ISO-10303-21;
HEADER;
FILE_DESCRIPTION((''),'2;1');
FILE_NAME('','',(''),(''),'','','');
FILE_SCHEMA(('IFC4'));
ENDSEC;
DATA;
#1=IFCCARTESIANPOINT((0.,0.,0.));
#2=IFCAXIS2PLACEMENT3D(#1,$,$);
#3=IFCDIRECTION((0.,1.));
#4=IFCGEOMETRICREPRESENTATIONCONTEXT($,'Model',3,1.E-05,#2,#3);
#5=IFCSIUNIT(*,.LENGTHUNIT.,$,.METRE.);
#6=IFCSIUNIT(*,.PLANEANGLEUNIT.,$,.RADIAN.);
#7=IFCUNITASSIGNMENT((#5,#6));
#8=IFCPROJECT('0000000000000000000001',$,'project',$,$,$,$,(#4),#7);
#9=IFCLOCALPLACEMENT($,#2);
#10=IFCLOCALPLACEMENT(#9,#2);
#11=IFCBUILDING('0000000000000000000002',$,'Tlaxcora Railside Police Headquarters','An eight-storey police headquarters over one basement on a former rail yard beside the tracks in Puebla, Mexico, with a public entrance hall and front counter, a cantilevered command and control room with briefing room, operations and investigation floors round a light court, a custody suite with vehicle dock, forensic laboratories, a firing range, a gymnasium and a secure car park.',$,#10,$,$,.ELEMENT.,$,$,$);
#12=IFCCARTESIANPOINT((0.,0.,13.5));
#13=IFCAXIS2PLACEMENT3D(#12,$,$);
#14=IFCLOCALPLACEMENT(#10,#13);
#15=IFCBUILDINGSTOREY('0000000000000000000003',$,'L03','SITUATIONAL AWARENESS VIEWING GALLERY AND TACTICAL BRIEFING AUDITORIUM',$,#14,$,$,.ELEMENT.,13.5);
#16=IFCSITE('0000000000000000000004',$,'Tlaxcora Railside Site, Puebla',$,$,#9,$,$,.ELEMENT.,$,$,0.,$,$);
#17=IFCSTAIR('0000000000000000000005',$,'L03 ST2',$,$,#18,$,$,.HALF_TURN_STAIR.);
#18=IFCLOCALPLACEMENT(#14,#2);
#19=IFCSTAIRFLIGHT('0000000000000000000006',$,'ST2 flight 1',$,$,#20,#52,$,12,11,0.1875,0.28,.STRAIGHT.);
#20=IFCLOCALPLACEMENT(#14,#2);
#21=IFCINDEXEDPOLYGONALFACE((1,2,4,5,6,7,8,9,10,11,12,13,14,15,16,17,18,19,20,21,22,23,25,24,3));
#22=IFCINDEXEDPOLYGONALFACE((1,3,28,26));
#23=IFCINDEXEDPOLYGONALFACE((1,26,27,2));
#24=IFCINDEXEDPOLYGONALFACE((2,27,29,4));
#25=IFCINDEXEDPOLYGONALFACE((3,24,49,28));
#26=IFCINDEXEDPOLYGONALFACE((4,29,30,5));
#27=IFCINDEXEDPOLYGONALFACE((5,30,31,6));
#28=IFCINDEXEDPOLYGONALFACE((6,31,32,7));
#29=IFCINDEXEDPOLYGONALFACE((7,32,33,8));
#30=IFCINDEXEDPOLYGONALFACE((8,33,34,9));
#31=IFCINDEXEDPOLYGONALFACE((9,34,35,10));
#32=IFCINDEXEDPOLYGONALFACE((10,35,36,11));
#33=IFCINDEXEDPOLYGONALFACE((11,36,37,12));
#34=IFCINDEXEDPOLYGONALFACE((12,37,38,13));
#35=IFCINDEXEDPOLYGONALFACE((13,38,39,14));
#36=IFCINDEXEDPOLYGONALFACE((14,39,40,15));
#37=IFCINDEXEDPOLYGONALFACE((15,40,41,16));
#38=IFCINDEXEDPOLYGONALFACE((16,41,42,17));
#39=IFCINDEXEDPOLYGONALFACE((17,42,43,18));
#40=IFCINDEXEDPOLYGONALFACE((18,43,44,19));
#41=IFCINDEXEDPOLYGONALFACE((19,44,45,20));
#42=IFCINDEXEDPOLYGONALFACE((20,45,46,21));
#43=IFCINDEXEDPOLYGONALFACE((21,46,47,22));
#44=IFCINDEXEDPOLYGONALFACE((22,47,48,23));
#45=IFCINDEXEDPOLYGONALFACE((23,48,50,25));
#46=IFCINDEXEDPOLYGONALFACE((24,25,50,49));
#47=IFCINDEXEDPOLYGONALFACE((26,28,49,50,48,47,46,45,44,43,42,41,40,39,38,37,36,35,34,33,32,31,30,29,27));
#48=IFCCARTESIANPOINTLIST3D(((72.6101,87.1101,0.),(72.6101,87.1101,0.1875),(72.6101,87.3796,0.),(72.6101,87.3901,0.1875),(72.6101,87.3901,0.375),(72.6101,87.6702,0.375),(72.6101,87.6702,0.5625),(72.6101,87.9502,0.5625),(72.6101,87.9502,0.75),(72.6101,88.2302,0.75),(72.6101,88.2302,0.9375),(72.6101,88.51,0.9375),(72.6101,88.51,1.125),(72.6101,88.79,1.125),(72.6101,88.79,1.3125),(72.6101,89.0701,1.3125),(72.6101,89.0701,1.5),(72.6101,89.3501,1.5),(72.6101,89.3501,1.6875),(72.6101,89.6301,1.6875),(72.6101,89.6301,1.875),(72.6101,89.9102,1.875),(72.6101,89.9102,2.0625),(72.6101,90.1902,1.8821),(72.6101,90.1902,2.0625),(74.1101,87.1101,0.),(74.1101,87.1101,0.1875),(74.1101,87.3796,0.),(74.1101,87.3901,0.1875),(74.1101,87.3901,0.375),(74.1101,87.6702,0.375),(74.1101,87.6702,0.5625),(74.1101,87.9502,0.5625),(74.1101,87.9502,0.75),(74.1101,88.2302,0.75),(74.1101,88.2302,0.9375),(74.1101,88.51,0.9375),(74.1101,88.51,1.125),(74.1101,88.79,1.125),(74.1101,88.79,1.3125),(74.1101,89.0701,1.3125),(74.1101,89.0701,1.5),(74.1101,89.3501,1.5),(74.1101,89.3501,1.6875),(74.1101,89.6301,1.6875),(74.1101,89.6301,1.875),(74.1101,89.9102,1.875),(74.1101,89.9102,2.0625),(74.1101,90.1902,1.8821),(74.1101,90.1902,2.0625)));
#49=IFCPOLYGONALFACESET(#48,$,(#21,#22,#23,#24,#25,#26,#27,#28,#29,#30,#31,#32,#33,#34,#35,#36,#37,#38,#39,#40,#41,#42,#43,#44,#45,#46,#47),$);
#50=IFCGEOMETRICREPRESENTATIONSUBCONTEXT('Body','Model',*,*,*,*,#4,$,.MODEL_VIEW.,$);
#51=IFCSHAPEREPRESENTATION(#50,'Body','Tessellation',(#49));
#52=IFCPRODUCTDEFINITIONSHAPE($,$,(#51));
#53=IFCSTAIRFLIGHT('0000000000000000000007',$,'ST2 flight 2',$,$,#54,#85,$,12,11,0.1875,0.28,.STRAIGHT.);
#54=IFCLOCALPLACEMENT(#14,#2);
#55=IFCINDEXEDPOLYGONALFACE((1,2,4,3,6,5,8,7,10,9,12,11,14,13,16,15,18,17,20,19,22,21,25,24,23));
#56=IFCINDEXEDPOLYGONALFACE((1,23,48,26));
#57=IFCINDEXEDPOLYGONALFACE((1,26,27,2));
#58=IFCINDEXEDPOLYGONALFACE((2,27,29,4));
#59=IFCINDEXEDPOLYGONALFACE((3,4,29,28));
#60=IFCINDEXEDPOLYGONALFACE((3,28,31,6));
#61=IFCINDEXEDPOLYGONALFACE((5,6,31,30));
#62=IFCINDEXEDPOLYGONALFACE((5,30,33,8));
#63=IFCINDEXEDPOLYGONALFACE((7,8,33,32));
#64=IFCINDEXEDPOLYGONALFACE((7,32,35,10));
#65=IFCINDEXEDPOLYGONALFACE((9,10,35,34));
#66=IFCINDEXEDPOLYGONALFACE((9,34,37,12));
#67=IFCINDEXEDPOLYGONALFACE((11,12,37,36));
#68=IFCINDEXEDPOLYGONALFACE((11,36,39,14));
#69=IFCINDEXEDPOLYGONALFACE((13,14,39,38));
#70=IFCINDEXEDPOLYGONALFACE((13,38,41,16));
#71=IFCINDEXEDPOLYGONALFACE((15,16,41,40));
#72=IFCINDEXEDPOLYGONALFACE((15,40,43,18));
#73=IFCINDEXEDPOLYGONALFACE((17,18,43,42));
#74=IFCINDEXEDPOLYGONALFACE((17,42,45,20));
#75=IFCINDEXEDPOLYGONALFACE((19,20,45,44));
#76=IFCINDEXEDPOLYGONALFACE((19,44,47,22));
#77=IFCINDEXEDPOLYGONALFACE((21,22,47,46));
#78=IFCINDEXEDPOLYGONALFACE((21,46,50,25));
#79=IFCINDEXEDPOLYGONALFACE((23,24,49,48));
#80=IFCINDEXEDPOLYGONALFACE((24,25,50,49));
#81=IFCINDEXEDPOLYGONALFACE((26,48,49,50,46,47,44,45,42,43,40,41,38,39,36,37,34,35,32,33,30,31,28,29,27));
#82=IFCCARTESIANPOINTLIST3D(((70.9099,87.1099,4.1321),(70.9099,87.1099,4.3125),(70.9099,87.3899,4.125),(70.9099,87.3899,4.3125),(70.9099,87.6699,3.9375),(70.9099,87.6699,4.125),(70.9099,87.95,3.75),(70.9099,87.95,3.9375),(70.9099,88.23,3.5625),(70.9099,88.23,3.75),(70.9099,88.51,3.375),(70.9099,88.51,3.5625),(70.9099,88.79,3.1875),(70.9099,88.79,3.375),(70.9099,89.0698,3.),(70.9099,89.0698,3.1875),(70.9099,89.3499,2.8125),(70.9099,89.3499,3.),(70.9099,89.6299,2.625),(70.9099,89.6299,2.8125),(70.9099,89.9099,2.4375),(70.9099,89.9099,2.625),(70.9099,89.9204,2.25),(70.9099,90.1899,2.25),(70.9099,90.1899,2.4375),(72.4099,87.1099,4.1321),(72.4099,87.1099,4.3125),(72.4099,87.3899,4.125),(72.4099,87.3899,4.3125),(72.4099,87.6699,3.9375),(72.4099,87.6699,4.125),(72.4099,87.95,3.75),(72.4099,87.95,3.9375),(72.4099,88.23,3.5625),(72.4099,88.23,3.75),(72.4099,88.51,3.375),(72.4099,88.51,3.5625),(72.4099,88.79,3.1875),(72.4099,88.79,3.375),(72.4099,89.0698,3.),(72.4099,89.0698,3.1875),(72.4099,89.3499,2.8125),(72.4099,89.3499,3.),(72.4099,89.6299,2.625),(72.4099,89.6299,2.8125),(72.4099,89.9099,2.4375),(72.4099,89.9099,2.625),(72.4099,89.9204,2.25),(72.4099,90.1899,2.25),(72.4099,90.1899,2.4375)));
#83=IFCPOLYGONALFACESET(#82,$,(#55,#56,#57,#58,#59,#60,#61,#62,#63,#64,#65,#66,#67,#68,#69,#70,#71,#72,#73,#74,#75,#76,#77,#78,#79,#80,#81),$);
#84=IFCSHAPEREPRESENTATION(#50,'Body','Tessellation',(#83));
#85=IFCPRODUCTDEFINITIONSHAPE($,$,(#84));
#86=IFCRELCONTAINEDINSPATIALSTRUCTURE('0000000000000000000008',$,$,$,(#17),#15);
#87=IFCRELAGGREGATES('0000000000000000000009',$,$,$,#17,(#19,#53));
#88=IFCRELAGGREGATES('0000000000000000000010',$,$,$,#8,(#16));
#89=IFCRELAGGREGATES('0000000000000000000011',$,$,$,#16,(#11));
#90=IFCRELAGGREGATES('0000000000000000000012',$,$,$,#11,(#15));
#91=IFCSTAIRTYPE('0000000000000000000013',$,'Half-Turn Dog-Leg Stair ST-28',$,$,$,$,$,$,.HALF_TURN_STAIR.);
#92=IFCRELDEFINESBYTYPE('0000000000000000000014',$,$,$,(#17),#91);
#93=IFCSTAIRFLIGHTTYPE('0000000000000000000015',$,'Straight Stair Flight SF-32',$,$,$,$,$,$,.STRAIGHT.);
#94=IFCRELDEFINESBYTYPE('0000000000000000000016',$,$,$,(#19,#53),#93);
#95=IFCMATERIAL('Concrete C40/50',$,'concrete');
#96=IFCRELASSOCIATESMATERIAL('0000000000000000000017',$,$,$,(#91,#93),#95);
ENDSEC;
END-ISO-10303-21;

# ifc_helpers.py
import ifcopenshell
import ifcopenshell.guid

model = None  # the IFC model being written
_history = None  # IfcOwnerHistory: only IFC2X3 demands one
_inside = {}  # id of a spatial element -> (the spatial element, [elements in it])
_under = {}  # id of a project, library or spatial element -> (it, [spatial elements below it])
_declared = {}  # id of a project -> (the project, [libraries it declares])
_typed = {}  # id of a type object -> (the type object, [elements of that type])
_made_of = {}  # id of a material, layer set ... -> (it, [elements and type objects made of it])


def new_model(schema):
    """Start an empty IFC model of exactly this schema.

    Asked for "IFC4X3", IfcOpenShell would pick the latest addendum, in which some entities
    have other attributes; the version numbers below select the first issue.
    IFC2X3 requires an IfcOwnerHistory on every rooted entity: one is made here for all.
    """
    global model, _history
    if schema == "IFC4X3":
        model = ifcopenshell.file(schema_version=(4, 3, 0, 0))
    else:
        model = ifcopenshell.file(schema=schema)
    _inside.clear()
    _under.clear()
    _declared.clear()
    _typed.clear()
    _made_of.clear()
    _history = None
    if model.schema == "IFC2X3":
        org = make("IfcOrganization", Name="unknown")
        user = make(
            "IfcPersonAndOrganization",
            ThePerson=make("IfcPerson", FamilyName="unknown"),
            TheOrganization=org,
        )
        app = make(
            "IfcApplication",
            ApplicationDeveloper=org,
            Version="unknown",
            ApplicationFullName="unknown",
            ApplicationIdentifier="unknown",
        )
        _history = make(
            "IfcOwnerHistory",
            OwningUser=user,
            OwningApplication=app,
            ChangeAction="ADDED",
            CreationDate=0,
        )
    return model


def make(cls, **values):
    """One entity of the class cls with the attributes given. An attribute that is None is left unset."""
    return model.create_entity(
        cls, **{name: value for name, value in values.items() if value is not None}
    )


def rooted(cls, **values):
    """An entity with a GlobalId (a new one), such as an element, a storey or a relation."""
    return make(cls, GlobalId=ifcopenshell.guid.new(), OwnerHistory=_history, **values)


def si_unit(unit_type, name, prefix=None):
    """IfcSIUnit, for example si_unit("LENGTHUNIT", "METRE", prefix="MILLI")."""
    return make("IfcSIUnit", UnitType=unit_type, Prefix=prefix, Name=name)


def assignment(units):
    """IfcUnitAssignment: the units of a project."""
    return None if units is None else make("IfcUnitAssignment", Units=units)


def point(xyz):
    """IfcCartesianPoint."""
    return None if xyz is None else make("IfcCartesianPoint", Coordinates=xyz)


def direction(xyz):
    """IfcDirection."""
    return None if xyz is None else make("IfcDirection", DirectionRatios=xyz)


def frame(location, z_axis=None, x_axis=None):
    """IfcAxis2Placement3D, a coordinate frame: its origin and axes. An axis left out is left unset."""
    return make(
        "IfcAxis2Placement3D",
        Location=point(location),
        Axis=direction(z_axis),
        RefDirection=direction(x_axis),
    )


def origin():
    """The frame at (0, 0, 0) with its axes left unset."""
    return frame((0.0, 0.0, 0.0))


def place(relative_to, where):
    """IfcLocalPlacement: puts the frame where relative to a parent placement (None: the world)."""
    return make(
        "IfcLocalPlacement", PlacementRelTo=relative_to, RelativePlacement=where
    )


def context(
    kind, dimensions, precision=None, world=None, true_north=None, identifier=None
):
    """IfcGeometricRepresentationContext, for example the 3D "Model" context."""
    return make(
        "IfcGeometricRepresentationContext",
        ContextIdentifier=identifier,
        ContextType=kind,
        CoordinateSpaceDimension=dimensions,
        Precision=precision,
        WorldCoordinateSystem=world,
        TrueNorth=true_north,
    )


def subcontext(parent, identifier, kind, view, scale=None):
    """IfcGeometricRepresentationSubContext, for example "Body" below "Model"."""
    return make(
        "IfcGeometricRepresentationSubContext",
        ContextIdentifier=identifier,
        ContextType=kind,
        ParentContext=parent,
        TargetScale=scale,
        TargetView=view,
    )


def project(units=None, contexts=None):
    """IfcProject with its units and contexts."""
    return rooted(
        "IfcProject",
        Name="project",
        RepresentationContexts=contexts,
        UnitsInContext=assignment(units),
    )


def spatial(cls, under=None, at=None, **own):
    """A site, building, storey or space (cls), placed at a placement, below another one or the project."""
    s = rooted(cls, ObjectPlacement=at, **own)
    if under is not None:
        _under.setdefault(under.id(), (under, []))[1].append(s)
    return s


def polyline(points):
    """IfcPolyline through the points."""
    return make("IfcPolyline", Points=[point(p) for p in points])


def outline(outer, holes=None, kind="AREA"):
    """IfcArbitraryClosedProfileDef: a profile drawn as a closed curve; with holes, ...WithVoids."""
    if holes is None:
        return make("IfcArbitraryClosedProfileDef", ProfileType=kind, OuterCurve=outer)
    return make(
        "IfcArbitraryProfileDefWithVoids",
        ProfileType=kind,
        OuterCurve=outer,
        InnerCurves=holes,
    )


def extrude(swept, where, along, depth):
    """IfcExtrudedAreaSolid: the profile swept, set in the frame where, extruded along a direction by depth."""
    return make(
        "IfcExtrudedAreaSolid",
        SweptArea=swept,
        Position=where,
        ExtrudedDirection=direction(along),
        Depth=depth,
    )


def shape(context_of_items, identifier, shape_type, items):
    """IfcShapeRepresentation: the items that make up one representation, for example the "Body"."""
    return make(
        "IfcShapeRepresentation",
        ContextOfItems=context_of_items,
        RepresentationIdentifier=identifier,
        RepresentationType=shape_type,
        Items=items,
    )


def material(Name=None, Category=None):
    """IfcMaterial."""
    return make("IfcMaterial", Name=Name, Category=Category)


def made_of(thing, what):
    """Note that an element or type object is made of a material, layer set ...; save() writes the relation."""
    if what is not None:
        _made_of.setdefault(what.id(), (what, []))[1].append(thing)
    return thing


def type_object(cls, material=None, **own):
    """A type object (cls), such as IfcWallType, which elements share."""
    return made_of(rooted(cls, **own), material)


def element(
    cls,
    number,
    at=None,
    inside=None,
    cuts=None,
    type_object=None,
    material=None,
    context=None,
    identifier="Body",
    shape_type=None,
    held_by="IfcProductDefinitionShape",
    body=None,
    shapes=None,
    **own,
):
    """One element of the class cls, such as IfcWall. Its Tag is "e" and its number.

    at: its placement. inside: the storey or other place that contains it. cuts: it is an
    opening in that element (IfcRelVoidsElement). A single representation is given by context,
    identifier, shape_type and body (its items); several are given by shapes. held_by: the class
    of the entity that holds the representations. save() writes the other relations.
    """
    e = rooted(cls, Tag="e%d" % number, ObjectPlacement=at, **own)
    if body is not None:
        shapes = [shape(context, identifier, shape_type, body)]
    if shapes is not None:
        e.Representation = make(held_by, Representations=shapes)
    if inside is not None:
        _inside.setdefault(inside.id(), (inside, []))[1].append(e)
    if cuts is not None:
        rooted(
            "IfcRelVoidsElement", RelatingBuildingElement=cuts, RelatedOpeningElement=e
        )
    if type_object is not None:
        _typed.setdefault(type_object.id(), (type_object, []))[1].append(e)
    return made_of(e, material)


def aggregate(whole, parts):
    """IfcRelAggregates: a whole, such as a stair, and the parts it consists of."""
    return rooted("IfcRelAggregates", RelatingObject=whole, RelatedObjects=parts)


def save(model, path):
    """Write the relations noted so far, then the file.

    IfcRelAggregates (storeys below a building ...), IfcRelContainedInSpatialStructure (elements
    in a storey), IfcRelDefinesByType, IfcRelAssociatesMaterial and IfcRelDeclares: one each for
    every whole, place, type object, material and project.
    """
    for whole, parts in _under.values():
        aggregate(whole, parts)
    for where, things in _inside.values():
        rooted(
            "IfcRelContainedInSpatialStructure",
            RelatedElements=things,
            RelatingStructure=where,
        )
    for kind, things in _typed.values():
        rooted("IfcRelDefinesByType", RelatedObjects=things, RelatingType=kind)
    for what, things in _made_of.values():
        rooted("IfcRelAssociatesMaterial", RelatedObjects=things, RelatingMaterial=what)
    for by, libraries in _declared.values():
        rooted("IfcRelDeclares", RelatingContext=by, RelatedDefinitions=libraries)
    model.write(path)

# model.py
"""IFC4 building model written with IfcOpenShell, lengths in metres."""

from ifc_helpers import new_model, si_unit, direction, frame, origin, place, context, subcontext, project, spatial, polyline, outline, extrude, material, type_object, element, aggregate, save


model = new_model("IFC4")

# Units and contexts
model_context = context("Model", 3, precision=1e-05, world=origin(), true_north=direction((0.0, 1.0)))
body_context = subcontext(model_context, "Body", "Model", "MODEL_VIEW")
ifc_project = project(units=[si_unit("LENGTHUNIT", "METRE"), si_unit("PLANEANGLEUNIT", "RADIAN")], contexts=[model_context])

# Site, building, storey
site_placement = place(None, origin())
site = spatial("IfcSite", under=ifc_project, at=site_placement, Name="Tlaxcora Railside Site, Puebla", CompositionType="ELEMENT", RefElevation=0.0)
building_placement = place(site_placement, origin())
building = spatial("IfcBuilding", under=site, at=building_placement, Name="Tlaxcora Railside Police Headquarters", Description="An eight-storey police headquarters over one basement on a former rail yard beside the tracks in Puebla, Mexico, with a public entrance hall and front counter, a cantilevered command and control room with briefing room, operations and investigation floors round a light court, a custody suite with vehicle dock, forensic laboratories, a firing range, a gymnasium and a secure car park.", CompositionType="ELEMENT")
storey_placement = place(building_placement, frame((0.0, 0.0, 13.5)))
storey = spatial("IfcBuildingStorey", under=building, at=storey_placement, Name="L03", Description="SITUATIONAL AWARENESS VIEWING GALLERY AND TACTICAL BRIEFING AUDITORIUM", CompositionType="ELEMENT", Elevation=13.5)

# Shared definitions
ifc_material_1 = material(Name="Concrete C40/50", Category="concrete")

# Stair, stair flights
stair_type = type_object("IfcStairType", Name="Half-Turn Dog-Leg Stair ST-28", PredefinedType="HALF_TURN_STAIR", material=ifc_material_1)
stair_placement = place(storey_placement, origin())
stair = element("IfcStair", 1, at=stair_placement, inside=storey, type_object=stair_type, Name="L03 ST2", PredefinedType="HALF_TURN_STAIR")
stair_flight_type = type_object("IfcStairFlightType", Name="Straight Stair Flight SF-32", PredefinedType="STRAIGHT", material=ifc_material_1)
stair_flight_1_placement = place(storey_placement, frame((73.3601, 87.1101, 0.0), z_axis=(0.0, 0.0, 1.0), x_axis=(0.0, 1.0, 0.0)))
stair_flight_1 = element("IfcStairFlight", 2, at=stair_flight_1_placement, type_object=stair_flight_type, Name="ST2 flight 1", NumberOfRisers=12, NumberOfTreads=11, PredefinedType="STRAIGHT", RiserHeight=0.1875, TreadLength=0.28, context=body_context, shape_type="SweptSolid", body=[
    extrude(outline(polyline([(0.0, 0.0), (0.0, 0.1875), (0.28, 0.1875), (0.28, 0.375), (0.5601, 0.375), (0.5601, 0.5625), (0.8401, 0.5625), (0.8401, 0.75), (1.1201, 0.75), (1.1201, 0.9375), (1.3999, 0.9375), (1.3999, 1.125), (1.6799, 1.125), (1.6799, 1.3125), (1.96, 1.3125), (1.96, 1.5), (2.24, 1.5), (2.24, 1.6875), (2.52, 1.6875), (2.52, 1.875), (2.8, 1.875), (2.8, 2.0625), (3.0801, 2.0625), (3.0801, 2.25), (3.0801, 1.8821), (0.2695, 0.0), (0.0, 0.0)])), frame((0.0, 0.75, 0.0), z_axis=(0.0, -1.0, 0.0), x_axis=(1.0, 0.0, 0.0)), (0.0, 0.0, 1.0), 1.5),
])
stair_flight_2_placement = place(storey_placement, frame((71.6599, 90.1899, 2.25), z_axis=(0.0, 0.0, 1.0), x_axis=(0.0, -1.0, 0.0)))
stair_flight_2 = element("IfcStairFlight", 3, at=stair_flight_2_placement, type_object=stair_flight_type, Name="ST2 flight 2", NumberOfRisers=12, NumberOfTreads=11, PredefinedType="STRAIGHT", RiserHeight=0.1875, TreadLength=0.28, context=body_context, shape_type="SweptSolid", body=[
    extrude(outline(polyline([(0.0, 0.0), (0.0, 0.1875), (0.28, 0.1875), (0.28, 0.375), (0.5601, 0.375), (0.5601, 0.5625), (0.8401, 0.5625), (0.8401, 0.75), (1.1201, 0.75), (1.1201, 0.9375), (1.3999, 0.9375), (1.3999, 1.125), (1.6799, 1.125), (1.6799, 1.3125), (1.96, 1.3125), (1.96, 1.5), (2.24, 1.5), (2.24, 1.6875), (2.52, 1.6875), (2.52, 1.875), (2.8, 1.875), (2.8, 2.0625), (3.0801, 2.0625), (3.0801, 2.25), (3.0801, 1.8821), (0.2695, 0.0), (0.0, 0.0)])), frame((0.0, 0.75, 0.0), z_axis=(0.0, -1.0, 0.0), x_axis=(1.0, 0.0, 0.0)), (0.0, 0.0, 1.0), 1.5),
])
aggregate(stair, [stair_flight_1, stair_flight_2])

save(model, "model.ifc")
